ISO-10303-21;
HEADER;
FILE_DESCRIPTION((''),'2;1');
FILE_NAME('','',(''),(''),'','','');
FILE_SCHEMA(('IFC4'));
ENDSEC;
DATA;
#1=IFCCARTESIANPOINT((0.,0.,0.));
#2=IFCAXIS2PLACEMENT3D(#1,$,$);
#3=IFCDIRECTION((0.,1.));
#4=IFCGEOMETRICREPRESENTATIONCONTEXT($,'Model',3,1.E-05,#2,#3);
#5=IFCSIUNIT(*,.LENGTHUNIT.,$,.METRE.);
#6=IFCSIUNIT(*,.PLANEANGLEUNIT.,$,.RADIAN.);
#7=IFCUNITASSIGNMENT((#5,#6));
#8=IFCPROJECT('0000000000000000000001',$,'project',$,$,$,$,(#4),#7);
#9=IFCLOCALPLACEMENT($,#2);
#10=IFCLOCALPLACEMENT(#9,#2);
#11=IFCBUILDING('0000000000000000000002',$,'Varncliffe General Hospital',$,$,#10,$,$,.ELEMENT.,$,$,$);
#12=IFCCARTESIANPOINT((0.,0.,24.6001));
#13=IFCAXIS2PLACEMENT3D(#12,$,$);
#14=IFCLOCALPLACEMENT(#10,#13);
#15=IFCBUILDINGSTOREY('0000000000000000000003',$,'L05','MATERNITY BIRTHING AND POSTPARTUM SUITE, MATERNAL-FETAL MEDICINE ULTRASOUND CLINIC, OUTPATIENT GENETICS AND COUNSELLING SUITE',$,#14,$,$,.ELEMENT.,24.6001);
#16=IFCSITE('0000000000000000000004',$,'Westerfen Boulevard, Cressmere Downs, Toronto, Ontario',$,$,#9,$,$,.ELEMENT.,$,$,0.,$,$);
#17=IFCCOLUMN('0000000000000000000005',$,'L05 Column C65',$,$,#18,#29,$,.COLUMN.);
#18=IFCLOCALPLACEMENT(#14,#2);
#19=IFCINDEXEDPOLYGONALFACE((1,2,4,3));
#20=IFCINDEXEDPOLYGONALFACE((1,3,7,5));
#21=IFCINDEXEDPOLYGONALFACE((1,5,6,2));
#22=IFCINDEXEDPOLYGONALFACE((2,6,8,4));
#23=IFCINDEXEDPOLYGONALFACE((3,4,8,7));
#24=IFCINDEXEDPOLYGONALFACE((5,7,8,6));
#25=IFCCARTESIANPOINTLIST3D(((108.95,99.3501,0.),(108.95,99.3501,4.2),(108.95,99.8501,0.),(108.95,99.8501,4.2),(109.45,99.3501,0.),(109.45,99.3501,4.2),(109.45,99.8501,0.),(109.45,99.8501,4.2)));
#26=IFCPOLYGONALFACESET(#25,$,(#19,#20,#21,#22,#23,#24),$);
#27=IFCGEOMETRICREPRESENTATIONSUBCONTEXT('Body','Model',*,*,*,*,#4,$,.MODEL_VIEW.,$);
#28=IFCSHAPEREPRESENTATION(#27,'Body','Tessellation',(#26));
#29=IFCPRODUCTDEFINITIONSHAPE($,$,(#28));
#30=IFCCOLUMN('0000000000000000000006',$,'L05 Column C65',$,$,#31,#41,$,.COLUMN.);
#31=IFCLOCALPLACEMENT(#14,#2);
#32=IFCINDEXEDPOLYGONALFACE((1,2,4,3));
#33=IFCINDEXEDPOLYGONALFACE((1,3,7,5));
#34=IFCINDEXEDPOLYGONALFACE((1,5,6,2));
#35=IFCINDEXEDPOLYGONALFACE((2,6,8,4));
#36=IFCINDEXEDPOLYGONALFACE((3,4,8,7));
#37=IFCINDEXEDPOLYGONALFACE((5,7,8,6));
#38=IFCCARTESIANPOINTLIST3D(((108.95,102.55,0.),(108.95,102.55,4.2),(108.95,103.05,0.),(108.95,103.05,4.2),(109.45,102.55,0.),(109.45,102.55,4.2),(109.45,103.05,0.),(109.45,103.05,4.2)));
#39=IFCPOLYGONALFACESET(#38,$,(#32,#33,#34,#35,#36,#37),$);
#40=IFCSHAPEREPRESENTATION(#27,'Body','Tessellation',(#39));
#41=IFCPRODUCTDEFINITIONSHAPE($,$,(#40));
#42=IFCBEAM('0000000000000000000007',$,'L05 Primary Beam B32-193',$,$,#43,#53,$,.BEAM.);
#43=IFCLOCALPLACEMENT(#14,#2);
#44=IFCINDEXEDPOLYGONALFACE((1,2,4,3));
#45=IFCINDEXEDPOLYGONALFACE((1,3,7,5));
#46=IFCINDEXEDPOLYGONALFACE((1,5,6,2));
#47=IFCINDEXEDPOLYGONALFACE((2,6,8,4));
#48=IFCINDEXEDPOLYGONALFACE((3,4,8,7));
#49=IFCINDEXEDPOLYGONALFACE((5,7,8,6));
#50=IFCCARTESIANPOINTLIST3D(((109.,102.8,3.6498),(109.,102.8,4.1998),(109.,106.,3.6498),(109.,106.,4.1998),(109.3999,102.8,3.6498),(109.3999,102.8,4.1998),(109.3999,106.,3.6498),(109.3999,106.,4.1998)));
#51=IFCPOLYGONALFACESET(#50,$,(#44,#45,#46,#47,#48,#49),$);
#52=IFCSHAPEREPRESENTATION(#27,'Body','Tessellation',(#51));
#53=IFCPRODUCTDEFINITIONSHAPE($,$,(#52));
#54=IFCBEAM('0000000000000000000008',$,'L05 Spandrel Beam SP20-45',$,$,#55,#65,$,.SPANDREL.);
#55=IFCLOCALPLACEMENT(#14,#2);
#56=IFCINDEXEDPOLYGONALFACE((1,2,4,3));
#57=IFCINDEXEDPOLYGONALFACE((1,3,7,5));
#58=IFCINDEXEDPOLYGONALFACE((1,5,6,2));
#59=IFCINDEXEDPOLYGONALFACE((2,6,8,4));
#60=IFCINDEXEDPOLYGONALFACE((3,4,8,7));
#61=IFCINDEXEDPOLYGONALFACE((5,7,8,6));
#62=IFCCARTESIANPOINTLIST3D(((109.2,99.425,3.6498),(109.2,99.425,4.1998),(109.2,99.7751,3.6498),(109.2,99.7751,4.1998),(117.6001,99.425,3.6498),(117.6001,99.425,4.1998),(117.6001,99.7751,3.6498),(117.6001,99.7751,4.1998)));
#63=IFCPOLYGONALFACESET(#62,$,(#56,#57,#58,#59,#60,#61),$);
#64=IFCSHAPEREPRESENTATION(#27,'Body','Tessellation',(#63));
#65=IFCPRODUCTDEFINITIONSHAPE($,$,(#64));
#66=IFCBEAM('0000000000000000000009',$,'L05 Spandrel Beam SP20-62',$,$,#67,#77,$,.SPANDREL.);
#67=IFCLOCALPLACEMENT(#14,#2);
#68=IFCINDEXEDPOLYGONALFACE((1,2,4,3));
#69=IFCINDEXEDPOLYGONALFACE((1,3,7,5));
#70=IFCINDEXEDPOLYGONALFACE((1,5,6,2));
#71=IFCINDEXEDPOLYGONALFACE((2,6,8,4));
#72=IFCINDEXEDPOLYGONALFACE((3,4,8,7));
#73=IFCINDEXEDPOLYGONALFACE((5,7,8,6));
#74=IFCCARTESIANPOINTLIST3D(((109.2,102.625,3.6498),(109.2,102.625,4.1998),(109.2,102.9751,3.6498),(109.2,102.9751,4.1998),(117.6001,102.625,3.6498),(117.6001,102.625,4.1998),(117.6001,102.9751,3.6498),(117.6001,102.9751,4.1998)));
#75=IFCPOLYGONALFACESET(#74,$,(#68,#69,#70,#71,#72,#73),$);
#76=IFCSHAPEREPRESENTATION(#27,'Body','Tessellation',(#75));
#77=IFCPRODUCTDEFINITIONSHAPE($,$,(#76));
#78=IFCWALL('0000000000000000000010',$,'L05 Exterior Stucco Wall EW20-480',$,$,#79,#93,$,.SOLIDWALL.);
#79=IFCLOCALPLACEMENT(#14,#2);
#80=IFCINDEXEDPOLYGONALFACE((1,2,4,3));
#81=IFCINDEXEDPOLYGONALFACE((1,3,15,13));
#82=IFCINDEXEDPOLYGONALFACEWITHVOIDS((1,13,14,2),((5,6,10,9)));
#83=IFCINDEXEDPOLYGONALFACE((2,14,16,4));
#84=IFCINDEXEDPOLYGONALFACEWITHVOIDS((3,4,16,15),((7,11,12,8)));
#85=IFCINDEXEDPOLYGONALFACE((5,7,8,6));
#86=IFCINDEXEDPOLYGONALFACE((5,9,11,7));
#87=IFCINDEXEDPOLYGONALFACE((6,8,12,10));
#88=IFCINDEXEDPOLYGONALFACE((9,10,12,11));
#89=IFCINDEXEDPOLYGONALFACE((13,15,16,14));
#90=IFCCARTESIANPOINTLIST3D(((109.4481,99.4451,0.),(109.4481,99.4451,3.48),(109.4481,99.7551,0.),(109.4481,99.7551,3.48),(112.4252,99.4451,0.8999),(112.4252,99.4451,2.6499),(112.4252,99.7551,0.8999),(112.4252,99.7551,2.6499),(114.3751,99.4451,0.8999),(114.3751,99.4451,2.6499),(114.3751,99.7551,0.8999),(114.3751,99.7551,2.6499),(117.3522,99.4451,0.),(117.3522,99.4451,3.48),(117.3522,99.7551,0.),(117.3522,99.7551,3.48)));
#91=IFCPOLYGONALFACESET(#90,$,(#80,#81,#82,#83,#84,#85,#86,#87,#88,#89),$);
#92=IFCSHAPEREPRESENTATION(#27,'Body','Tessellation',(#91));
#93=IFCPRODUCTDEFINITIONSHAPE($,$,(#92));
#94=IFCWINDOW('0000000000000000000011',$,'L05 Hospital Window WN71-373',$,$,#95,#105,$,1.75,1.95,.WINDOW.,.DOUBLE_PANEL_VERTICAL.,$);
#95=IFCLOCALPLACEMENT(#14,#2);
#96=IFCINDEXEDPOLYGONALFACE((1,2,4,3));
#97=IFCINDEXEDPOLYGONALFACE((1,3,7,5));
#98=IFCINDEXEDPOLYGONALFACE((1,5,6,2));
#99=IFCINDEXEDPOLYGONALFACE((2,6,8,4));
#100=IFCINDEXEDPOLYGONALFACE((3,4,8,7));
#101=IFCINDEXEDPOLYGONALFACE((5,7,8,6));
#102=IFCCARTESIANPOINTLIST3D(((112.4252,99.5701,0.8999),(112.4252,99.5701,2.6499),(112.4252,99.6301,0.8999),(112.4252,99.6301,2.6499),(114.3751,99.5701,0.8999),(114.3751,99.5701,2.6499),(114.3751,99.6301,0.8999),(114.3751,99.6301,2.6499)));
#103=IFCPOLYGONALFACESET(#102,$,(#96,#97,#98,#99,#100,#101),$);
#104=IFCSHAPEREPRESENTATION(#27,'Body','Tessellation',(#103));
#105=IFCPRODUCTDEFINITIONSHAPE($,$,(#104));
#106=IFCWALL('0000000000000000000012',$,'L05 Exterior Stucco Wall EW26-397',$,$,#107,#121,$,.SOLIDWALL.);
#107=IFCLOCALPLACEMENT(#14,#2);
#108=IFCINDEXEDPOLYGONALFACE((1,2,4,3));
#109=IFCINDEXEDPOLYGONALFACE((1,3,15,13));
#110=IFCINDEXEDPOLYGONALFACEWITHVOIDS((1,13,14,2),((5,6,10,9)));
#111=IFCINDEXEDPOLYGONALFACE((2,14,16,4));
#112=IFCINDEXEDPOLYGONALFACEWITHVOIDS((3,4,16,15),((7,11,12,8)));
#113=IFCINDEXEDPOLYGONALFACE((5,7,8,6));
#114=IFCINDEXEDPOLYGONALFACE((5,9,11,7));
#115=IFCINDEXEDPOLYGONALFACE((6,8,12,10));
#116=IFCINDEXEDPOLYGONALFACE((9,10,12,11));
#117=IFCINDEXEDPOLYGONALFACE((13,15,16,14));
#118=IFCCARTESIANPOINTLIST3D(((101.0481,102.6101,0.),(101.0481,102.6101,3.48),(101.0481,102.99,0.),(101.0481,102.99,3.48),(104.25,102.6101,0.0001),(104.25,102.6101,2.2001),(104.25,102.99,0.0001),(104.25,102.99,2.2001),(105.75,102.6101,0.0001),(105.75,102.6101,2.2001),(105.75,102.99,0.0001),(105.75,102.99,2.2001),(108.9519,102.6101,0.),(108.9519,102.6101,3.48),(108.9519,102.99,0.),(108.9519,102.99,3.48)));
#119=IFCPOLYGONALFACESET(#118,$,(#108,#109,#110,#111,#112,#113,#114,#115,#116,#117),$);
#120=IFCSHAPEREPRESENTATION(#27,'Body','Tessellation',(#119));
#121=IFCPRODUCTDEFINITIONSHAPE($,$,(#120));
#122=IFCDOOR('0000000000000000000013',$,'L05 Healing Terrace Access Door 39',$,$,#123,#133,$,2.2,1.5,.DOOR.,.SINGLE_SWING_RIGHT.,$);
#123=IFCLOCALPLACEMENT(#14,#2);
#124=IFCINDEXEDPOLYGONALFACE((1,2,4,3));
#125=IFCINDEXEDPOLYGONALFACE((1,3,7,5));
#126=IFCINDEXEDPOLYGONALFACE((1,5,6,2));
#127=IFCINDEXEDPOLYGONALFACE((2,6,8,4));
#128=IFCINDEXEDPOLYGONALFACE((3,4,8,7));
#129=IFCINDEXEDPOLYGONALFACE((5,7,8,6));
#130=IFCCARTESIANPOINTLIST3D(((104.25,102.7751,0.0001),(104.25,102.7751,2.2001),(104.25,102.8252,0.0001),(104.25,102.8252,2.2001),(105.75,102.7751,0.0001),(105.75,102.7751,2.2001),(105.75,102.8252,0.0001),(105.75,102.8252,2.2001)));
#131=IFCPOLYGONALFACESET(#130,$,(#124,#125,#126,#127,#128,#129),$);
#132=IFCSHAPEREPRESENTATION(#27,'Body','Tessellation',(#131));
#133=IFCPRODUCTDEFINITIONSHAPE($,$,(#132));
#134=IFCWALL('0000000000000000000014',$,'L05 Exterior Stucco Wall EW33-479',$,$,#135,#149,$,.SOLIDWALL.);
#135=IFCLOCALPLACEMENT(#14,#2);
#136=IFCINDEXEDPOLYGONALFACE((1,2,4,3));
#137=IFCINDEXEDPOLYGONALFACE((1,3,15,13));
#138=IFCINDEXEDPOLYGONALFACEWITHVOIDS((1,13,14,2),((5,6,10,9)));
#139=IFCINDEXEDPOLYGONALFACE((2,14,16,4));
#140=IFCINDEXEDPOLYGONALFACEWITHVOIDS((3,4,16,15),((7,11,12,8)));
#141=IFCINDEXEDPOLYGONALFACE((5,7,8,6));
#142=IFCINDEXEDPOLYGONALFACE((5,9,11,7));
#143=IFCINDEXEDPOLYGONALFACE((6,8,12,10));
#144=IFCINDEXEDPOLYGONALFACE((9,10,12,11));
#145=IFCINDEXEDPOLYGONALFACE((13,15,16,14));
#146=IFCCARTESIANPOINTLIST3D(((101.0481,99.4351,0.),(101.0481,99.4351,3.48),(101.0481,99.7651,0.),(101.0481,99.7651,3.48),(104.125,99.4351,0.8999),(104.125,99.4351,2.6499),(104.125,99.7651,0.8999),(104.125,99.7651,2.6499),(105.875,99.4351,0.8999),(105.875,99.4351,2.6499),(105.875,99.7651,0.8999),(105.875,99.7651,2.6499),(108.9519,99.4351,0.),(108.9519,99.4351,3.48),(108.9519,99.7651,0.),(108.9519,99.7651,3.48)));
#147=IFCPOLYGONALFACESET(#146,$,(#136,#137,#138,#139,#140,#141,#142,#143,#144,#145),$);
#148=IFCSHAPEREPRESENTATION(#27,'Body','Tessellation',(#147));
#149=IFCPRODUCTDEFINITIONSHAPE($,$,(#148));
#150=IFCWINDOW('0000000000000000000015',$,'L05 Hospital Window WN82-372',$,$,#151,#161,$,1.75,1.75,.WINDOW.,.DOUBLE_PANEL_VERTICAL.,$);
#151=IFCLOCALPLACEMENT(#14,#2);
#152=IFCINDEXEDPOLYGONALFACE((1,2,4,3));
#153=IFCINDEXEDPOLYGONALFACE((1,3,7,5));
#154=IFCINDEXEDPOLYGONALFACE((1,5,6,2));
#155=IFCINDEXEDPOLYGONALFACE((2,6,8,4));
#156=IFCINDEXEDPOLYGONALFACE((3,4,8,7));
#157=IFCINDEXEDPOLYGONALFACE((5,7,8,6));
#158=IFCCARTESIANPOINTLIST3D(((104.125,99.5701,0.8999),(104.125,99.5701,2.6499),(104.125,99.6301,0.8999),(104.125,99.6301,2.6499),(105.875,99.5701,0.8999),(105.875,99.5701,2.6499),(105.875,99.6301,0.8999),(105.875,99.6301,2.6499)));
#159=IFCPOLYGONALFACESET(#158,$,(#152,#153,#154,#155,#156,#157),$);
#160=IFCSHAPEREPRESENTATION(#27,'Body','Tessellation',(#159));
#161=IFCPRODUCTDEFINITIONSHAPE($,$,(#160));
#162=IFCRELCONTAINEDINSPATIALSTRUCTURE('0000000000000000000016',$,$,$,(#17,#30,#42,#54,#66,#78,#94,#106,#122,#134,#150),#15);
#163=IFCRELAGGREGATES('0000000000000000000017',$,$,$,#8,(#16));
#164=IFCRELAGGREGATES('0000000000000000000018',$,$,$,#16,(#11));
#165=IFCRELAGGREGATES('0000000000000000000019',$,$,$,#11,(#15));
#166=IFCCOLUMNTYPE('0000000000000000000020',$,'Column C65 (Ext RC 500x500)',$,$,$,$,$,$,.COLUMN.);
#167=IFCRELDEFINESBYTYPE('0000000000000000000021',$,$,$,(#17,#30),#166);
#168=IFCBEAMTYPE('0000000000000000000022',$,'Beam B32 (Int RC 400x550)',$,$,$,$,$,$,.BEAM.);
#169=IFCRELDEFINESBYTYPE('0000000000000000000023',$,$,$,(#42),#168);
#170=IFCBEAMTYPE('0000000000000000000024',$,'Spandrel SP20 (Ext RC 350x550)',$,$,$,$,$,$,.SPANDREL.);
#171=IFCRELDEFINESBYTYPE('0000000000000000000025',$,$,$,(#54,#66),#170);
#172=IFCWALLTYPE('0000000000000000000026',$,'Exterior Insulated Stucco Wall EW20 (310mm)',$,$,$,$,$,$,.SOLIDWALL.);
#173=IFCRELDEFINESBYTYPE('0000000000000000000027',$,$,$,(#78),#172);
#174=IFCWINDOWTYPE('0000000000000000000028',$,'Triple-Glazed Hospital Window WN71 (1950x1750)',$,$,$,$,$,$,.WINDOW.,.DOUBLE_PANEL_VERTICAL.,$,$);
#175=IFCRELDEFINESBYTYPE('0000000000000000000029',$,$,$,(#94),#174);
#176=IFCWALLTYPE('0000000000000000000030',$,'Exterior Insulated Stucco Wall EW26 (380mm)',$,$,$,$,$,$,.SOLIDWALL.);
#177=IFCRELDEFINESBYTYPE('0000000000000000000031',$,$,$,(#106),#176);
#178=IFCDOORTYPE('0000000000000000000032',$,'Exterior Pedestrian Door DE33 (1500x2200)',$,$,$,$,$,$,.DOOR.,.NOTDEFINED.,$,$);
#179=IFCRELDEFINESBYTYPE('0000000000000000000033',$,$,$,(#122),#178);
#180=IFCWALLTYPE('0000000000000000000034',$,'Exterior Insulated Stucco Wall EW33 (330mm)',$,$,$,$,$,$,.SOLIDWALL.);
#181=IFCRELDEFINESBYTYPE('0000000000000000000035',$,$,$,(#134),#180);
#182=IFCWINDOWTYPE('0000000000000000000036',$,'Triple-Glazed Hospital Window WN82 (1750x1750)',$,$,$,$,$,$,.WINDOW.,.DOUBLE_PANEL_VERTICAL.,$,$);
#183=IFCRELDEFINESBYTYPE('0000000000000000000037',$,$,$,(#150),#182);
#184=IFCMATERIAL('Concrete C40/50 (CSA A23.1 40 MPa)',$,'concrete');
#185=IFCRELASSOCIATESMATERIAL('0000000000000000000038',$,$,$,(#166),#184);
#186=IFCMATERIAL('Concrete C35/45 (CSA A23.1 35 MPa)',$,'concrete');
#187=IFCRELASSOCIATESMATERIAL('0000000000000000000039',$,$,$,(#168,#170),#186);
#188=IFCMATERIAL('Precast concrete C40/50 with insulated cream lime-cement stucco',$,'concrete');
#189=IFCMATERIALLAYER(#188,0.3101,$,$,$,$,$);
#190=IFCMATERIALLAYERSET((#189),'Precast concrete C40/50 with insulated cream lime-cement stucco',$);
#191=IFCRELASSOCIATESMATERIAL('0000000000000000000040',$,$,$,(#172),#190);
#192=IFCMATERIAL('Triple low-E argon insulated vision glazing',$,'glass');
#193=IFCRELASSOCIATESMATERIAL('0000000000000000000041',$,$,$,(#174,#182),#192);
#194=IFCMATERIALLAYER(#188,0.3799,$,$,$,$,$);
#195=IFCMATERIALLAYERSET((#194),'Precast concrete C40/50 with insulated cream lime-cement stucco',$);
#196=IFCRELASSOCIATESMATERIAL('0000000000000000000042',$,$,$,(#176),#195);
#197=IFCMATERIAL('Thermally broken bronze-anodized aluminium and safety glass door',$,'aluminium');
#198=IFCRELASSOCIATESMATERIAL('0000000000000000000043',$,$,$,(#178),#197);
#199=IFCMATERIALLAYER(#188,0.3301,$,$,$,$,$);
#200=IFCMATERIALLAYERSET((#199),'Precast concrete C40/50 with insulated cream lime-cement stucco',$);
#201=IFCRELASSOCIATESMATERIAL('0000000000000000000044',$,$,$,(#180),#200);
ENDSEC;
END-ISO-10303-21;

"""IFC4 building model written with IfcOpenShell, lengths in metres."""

from ifc_helpers import new_model, si_unit, direction, frame, frame_2d, origin, origin_2d, place, context, subcontext, project, spatial, rectangle, extrude, material, layer, layer_set, material_profile, profile_set, type_object, element, fill, save


model = new_model("IFC4")

# Units and contexts
model_context = context("Model", 3, precision=1e-05, world=origin(), true_north=direction((0.0, 1.0)))
body_context = subcontext(model_context, "Body", "Model", "MODEL_VIEW")
ifc_project = project(units=[si_unit("LENGTHUNIT", "METRE"), si_unit("PLANEANGLEUNIT", "RADIAN")], contexts=[model_context])

# Site, building, storey
site_placement = place(None, origin())
site = spatial("IfcSite", under=ifc_project, at=site_placement, Name="Westerfen Boulevard, Cressmere Downs, Toronto, Ontario", CompositionType="ELEMENT", RefElevation=0.0)
building_placement = place(site_placement, origin())
building = spatial("IfcBuilding", under=site, at=building_placement, Name="Varncliffe General Hospital", CompositionType="ELEMENT")
storey_placement = place(building_placement, frame((0.0, 0.0, 24.6001)))
storey = spatial("IfcBuildingStorey", under=building, at=storey_placement, Name="L05", Description="MATERNITY BIRTHING AND POSTPARTUM SUITE, MATERNAL-FETAL MEDICINE ULTRASOUND CLINIC, OUTPATIENT GENETICS AND COUNSELLING SUITE", CompositionType="ELEMENT", Elevation=24.6001)

# Columns
ifc_material_1 = material(Name="Concrete C40/50 (CSA A23.1 40 MPa)", Category="concrete")
ifc_material_profile_1 = material_profile(ifc_material_1, rectangle(XDim=0.5, YDim=0.5, at=origin_2d()), Name="RC 500x500")
ifc_profile_set_1 = profile_set([ifc_material_profile_1], Name="Concrete C40/50 (CSA A23.1 40 MPa)")
column_type = type_object("IfcColumnType", Name="Column C65 (Ext RC 500x500)", PredefinedType="COLUMN", material=ifc_profile_set_1)
for number, where, z_axis, x_axis, name in (
    (1, (109.2, 99.6001, 0.0), (0.0, 0.0, 1.0), (1.0, 0.0, 0.0), "L05 Column C65"),
    (2, (109.2, 102.8, 0.0), (0.0, 0.0, 1.0), (1.0, 0.0, 0.0), "L05 Column C65"),
):
    element("IfcColumn", number, at=place(storey_placement, frame(where, z_axis=z_axis, x_axis=x_axis)), inside=storey, type_object=column_type, Name=name, PredefinedType="COLUMN", context=body_context, shape_type="SweptSolid", body=[
        extrude(rectangle(XDim=0.5, YDim=0.5, at=origin_2d()), origin(), (0.0, 0.0, 1.0), 4.2),
    ])

# Beams
ifc_material_2 = material(Name="Concrete C35/45 (CSA A23.1 35 MPa)", Category="concrete")
ifc_material_profile_2 = material_profile(ifc_material_2, rectangle(XDim=0.3999, YDim=0.55, at=origin_2d()), Name="RC 400x550")
ifc_profile_set_2 = profile_set([ifc_material_profile_2], Name="Concrete C35/45 (CSA A23.1 35 MPa)")
beam_type_1 = type_object("IfcBeamType", Name="Beam B32 (Int RC 400x550)", PredefinedType="BEAM", material=ifc_profile_set_2)
beam_placement = place(storey_placement, frame((109.2, 102.8, 3.9248), z_axis=(0.0, 1.0, 0.0), x_axis=(-1.0, 0.0, 0.0)))
element("IfcBeam", 3, at=beam_placement, inside=storey, type_object=beam_type_1, Name="L05 Primary Beam B32-193", PredefinedType="BEAM", context=body_context, shape_type="SweptSolid", body=[
    extrude(rectangle(XDim=0.3999, YDim=0.55, at=origin_2d()), origin(), (0.0, 0.0, 1.0), 3.2),
])
ifc_material_profile_3 = material_profile(ifc_material_2, rectangle(XDim=0.3501, YDim=0.55, at=origin_2d()), Name="RC 350x550")
ifc_profile_set_3 = profile_set([ifc_material_profile_3], Name="Concrete C35/45 (CSA A23.1 35 MPa)")
beam_type_2 = type_object("IfcBeamType", Name="Spandrel SP20 (Ext RC 350x550)", PredefinedType="SPANDREL", material=ifc_profile_set_3)
for number, where, z_axis, x_axis, name in (
    (4, (109.2, 99.6001, 3.9248), (1.0, 0.0, 0.0), (0.0, 1.0, 0.0), "L05 Spandrel Beam SP20-45"),
    (5, (109.2, 102.8, 3.9248), (1.0, 0.0, 0.0), (0.0, 1.0, 0.0), "L05 Spandrel Beam SP20-62"),
):
    element("IfcBeam", number, at=place(storey_placement, frame(where, z_axis=z_axis, x_axis=x_axis)), inside=storey, type_object=beam_type_2, Name=name, PredefinedType="SPANDREL", context=body_context, shape_type="SweptSolid", body=[
        extrude(rectangle(XDim=0.3501, YDim=0.55, at=origin_2d()), origin(), (0.0, 0.0, 1.0), 8.4001),
    ])

# Wall, opening, window
ifc_material_3 = material(Name="Precast concrete C40/50 with insulated cream lime-cement stucco", Category="concrete")
ifc_layer_1 = layer(ifc_material_3, 0.3101)
ifc_layer_set_1 = layer_set([ifc_layer_1], Name="Precast concrete C40/50 with insulated cream lime-cement stucco")
wall_type_1 = type_object("IfcWallType", Name="Exterior Insulated Stucco Wall EW20 (310mm)", PredefinedType="SOLIDWALL", material=ifc_layer_set_1)
wall_1_placement = place(storey_placement, frame((109.448, 99.6001, 0.0), z_axis=(0.0, 0.0, 1.0), x_axis=(1.0, 0.0, 0.0)))
wall_1 = element("IfcWall", 6, at=wall_1_placement, inside=storey, type_object=wall_type_1, Name="L05 Exterior Stucco Wall EW20-480", PredefinedType="SOLIDWALL", context=body_context, shape_type="SweptSolid", body=[
    extrude(rectangle(XDim=7.9041, YDim=0.3101, at=frame_2d((3.9521, 0.0))), origin(), (0.0, 0.0, 1.0), 3.48),
])
opening_1_placement = place(wall_1_placement, frame((2.9771, 0.0, 0.8999)))
opening_1 = element("IfcOpeningElement", 7, at=opening_1_placement, cuts=wall_1, PredefinedType="OPENING", context=body_context, shape_type="SweptSolid", body=[
    extrude(rectangle(XDim=1.95, YDim=1.75, at=frame_2d((0.9751, 0.875))), frame((0.0, 0.165, 0.0), z_axis=(0.0, -1.0, 0.0), x_axis=(1.0, 0.0, 0.0)), (0.0, 0.0, 1.0), 0.3301),
])
ifc_material_4 = material(Name="Triple low-E argon insulated vision glazing", Category="glass")
window_type_1 = type_object("IfcWindowType", Name="Triple-Glazed Hospital Window WN71 (1950x1750)", PartitioningType="DOUBLE_PANEL_VERTICAL", PredefinedType="WINDOW", material=ifc_material_4)
window_1_placement = place(opening_1_placement, origin())
window_1 = element("IfcWindow", 8, at=window_1_placement, inside=storey, type_object=window_type_1, Name="L05 Hospital Window WN71-373", OverallHeight=1.75, OverallWidth=1.95, PartitioningType="DOUBLE_PANEL_VERTICAL", PredefinedType="WINDOW", context=body_context, shape_type="SweptSolid", body=[
    extrude(rectangle(XDim=1.95, YDim=1.75, at=frame_2d((0.9751, 0.875))), frame((0.0, 0.03, 0.0), z_axis=(0.0, -1.0, 0.0), x_axis=(1.0, 0.0, 0.0)), (0.0, 0.0, 1.0), 0.0601),
])
fill(opening_1, window_1)

# Wall, opening, door
ifc_layer_2 = layer(ifc_material_3, 0.3799)
ifc_layer_set_2 = layer_set([ifc_layer_2], Name="Precast concrete C40/50 with insulated cream lime-cement stucco")
wall_type_2 = type_object("IfcWallType", Name="Exterior Insulated Stucco Wall EW26 (380mm)", PredefinedType="SOLIDWALL", material=ifc_layer_set_2)
wall_2_placement = place(storey_placement, frame((108.9519, 102.8, 0.0), z_axis=(0.0, 0.0, 1.0), x_axis=(-1.0, 0.0, 0.0)))
wall_2 = element("IfcWall", 9, at=wall_2_placement, inside=storey, type_object=wall_type_2, Name="L05 Exterior Stucco Wall EW26-397", PredefinedType="SOLIDWALL", context=body_context, shape_type="SweptSolid", body=[
    extrude(rectangle(XDim=7.9038, YDim=0.3799, at=frame_2d((3.9519, 0.0))), origin(), (0.0, 0.0, 1.0), 3.48),
])
opening_2_placement = place(wall_2_placement, frame((3.2019, 0.0, 0.0)))
opening_2 = element("IfcOpeningElement", 10, at=opening_2_placement, cuts=wall_2, PredefinedType="OPENING", context=body_context, shape_type="SweptSolid", body=[
    extrude(rectangle(XDim=1.5, YDim=2.2, at=frame_2d((0.75, 1.1001))), frame((0.0, 0.2, 0.0), z_axis=(0.0, -1.0, 0.0), x_axis=(1.0, 0.0, 0.0)), (0.0, 0.0, 1.0), 0.3999),
])
ifc_material_5 = material(Name="Thermally broken bronze-anodized aluminium and safety glass door", Category="aluminium")
door_type = type_object("IfcDoorType", Name="Exterior Pedestrian Door DE33 (1500x2200)", OperationType="NOTDEFINED", PredefinedType="DOOR", material=ifc_material_5)
door_placement = place(opening_2_placement, origin())
door = element("IfcDoor", 11, at=door_placement, inside=storey, type_object=door_type, Name="L05 Healing Terrace Access Door 39", OperationType="SINGLE_SWING_RIGHT", OverallHeight=2.2, OverallWidth=1.5, PredefinedType="DOOR", context=body_context, shape_type="SweptSolid", body=[
    extrude(rectangle(XDim=1.5, YDim=2.2, at=frame_2d((0.75, 1.1001))), frame((0.0, 0.0249, 0.0), z_axis=(0.0, -1.0, 0.0), x_axis=(1.0, 0.0, 0.0)), (0.0, 0.0, 1.0), 0.05),
])
fill(opening_2, door)

# Wall, opening, window
ifc_layer_3 = layer(ifc_material_3, 0.3301)
ifc_layer_set_3 = layer_set([ifc_layer_3], Name="Precast concrete C40/50 with insulated cream lime-cement stucco")
wall_type_3 = type_object("IfcWallType", Name="Exterior Insulated Stucco Wall EW33 (330mm)", PredefinedType="SOLIDWALL", material=ifc_layer_set_3)
wall_3_placement = place(storey_placement, frame((101.0481, 99.6001, 0.0), z_axis=(0.0, 0.0, 1.0), x_axis=(1.0, 0.0, 0.0)))
wall_3 = element("IfcWall", 12, at=wall_3_placement, inside=storey, type_object=wall_type_3, Name="L05 Exterior Stucco Wall EW33-479", PredefinedType="SOLIDWALL", context=body_context, shape_type="SweptSolid", body=[
    extrude(rectangle(XDim=7.9038, YDim=0.3301, at=frame_2d((3.9519, 0.0))), origin(), (0.0, 0.0, 1.0), 3.48),
])
opening_3_placement = place(wall_3_placement, frame((3.0769, 0.0, 0.8999)))
opening_3 = element("IfcOpeningElement", 13, at=opening_3_placement, cuts=wall_3, PredefinedType="OPENING", context=body_context, shape_type="SweptSolid", body=[
    extrude(rectangle(XDim=1.75, YDim=1.75, at=frame_2d((0.875, 0.875))), frame((0.0, 0.175, 0.0), z_axis=(0.0, -1.0, 0.0), x_axis=(1.0, 0.0, 0.0)), (0.0, 0.0, 1.0), 0.3501),
])
window_type_2 = type_object("IfcWindowType", Name="Triple-Glazed Hospital Window WN82 (1750x1750)", PartitioningType="DOUBLE_PANEL_VERTICAL", PredefinedType="WINDOW", material=ifc_material_4)
window_2_placement = place(opening_3_placement, origin())
window_2 = element("IfcWindow", 14, at=window_2_placement, inside=storey, type_object=window_type_2, Name="L05 Hospital Window WN82-372", OverallHeight=1.75, OverallWidth=1.75, PartitioningType="DOUBLE_PANEL_VERTICAL", PredefinedType="WINDOW", context=body_context, shape_type="SweptSolid", body=[
    extrude(rectangle(XDim=1.75, YDim=1.75, at=frame_2d((0.875, 0.875))), frame((0.0, 0.03, 0.0), z_axis=(0.0, -1.0, 0.0), x_axis=(1.0, 0.0, 0.0)), (0.0, 0.0, 1.0), 0.0601),
])
fill(opening_3, window_2)

save(model, "model.ifc")
